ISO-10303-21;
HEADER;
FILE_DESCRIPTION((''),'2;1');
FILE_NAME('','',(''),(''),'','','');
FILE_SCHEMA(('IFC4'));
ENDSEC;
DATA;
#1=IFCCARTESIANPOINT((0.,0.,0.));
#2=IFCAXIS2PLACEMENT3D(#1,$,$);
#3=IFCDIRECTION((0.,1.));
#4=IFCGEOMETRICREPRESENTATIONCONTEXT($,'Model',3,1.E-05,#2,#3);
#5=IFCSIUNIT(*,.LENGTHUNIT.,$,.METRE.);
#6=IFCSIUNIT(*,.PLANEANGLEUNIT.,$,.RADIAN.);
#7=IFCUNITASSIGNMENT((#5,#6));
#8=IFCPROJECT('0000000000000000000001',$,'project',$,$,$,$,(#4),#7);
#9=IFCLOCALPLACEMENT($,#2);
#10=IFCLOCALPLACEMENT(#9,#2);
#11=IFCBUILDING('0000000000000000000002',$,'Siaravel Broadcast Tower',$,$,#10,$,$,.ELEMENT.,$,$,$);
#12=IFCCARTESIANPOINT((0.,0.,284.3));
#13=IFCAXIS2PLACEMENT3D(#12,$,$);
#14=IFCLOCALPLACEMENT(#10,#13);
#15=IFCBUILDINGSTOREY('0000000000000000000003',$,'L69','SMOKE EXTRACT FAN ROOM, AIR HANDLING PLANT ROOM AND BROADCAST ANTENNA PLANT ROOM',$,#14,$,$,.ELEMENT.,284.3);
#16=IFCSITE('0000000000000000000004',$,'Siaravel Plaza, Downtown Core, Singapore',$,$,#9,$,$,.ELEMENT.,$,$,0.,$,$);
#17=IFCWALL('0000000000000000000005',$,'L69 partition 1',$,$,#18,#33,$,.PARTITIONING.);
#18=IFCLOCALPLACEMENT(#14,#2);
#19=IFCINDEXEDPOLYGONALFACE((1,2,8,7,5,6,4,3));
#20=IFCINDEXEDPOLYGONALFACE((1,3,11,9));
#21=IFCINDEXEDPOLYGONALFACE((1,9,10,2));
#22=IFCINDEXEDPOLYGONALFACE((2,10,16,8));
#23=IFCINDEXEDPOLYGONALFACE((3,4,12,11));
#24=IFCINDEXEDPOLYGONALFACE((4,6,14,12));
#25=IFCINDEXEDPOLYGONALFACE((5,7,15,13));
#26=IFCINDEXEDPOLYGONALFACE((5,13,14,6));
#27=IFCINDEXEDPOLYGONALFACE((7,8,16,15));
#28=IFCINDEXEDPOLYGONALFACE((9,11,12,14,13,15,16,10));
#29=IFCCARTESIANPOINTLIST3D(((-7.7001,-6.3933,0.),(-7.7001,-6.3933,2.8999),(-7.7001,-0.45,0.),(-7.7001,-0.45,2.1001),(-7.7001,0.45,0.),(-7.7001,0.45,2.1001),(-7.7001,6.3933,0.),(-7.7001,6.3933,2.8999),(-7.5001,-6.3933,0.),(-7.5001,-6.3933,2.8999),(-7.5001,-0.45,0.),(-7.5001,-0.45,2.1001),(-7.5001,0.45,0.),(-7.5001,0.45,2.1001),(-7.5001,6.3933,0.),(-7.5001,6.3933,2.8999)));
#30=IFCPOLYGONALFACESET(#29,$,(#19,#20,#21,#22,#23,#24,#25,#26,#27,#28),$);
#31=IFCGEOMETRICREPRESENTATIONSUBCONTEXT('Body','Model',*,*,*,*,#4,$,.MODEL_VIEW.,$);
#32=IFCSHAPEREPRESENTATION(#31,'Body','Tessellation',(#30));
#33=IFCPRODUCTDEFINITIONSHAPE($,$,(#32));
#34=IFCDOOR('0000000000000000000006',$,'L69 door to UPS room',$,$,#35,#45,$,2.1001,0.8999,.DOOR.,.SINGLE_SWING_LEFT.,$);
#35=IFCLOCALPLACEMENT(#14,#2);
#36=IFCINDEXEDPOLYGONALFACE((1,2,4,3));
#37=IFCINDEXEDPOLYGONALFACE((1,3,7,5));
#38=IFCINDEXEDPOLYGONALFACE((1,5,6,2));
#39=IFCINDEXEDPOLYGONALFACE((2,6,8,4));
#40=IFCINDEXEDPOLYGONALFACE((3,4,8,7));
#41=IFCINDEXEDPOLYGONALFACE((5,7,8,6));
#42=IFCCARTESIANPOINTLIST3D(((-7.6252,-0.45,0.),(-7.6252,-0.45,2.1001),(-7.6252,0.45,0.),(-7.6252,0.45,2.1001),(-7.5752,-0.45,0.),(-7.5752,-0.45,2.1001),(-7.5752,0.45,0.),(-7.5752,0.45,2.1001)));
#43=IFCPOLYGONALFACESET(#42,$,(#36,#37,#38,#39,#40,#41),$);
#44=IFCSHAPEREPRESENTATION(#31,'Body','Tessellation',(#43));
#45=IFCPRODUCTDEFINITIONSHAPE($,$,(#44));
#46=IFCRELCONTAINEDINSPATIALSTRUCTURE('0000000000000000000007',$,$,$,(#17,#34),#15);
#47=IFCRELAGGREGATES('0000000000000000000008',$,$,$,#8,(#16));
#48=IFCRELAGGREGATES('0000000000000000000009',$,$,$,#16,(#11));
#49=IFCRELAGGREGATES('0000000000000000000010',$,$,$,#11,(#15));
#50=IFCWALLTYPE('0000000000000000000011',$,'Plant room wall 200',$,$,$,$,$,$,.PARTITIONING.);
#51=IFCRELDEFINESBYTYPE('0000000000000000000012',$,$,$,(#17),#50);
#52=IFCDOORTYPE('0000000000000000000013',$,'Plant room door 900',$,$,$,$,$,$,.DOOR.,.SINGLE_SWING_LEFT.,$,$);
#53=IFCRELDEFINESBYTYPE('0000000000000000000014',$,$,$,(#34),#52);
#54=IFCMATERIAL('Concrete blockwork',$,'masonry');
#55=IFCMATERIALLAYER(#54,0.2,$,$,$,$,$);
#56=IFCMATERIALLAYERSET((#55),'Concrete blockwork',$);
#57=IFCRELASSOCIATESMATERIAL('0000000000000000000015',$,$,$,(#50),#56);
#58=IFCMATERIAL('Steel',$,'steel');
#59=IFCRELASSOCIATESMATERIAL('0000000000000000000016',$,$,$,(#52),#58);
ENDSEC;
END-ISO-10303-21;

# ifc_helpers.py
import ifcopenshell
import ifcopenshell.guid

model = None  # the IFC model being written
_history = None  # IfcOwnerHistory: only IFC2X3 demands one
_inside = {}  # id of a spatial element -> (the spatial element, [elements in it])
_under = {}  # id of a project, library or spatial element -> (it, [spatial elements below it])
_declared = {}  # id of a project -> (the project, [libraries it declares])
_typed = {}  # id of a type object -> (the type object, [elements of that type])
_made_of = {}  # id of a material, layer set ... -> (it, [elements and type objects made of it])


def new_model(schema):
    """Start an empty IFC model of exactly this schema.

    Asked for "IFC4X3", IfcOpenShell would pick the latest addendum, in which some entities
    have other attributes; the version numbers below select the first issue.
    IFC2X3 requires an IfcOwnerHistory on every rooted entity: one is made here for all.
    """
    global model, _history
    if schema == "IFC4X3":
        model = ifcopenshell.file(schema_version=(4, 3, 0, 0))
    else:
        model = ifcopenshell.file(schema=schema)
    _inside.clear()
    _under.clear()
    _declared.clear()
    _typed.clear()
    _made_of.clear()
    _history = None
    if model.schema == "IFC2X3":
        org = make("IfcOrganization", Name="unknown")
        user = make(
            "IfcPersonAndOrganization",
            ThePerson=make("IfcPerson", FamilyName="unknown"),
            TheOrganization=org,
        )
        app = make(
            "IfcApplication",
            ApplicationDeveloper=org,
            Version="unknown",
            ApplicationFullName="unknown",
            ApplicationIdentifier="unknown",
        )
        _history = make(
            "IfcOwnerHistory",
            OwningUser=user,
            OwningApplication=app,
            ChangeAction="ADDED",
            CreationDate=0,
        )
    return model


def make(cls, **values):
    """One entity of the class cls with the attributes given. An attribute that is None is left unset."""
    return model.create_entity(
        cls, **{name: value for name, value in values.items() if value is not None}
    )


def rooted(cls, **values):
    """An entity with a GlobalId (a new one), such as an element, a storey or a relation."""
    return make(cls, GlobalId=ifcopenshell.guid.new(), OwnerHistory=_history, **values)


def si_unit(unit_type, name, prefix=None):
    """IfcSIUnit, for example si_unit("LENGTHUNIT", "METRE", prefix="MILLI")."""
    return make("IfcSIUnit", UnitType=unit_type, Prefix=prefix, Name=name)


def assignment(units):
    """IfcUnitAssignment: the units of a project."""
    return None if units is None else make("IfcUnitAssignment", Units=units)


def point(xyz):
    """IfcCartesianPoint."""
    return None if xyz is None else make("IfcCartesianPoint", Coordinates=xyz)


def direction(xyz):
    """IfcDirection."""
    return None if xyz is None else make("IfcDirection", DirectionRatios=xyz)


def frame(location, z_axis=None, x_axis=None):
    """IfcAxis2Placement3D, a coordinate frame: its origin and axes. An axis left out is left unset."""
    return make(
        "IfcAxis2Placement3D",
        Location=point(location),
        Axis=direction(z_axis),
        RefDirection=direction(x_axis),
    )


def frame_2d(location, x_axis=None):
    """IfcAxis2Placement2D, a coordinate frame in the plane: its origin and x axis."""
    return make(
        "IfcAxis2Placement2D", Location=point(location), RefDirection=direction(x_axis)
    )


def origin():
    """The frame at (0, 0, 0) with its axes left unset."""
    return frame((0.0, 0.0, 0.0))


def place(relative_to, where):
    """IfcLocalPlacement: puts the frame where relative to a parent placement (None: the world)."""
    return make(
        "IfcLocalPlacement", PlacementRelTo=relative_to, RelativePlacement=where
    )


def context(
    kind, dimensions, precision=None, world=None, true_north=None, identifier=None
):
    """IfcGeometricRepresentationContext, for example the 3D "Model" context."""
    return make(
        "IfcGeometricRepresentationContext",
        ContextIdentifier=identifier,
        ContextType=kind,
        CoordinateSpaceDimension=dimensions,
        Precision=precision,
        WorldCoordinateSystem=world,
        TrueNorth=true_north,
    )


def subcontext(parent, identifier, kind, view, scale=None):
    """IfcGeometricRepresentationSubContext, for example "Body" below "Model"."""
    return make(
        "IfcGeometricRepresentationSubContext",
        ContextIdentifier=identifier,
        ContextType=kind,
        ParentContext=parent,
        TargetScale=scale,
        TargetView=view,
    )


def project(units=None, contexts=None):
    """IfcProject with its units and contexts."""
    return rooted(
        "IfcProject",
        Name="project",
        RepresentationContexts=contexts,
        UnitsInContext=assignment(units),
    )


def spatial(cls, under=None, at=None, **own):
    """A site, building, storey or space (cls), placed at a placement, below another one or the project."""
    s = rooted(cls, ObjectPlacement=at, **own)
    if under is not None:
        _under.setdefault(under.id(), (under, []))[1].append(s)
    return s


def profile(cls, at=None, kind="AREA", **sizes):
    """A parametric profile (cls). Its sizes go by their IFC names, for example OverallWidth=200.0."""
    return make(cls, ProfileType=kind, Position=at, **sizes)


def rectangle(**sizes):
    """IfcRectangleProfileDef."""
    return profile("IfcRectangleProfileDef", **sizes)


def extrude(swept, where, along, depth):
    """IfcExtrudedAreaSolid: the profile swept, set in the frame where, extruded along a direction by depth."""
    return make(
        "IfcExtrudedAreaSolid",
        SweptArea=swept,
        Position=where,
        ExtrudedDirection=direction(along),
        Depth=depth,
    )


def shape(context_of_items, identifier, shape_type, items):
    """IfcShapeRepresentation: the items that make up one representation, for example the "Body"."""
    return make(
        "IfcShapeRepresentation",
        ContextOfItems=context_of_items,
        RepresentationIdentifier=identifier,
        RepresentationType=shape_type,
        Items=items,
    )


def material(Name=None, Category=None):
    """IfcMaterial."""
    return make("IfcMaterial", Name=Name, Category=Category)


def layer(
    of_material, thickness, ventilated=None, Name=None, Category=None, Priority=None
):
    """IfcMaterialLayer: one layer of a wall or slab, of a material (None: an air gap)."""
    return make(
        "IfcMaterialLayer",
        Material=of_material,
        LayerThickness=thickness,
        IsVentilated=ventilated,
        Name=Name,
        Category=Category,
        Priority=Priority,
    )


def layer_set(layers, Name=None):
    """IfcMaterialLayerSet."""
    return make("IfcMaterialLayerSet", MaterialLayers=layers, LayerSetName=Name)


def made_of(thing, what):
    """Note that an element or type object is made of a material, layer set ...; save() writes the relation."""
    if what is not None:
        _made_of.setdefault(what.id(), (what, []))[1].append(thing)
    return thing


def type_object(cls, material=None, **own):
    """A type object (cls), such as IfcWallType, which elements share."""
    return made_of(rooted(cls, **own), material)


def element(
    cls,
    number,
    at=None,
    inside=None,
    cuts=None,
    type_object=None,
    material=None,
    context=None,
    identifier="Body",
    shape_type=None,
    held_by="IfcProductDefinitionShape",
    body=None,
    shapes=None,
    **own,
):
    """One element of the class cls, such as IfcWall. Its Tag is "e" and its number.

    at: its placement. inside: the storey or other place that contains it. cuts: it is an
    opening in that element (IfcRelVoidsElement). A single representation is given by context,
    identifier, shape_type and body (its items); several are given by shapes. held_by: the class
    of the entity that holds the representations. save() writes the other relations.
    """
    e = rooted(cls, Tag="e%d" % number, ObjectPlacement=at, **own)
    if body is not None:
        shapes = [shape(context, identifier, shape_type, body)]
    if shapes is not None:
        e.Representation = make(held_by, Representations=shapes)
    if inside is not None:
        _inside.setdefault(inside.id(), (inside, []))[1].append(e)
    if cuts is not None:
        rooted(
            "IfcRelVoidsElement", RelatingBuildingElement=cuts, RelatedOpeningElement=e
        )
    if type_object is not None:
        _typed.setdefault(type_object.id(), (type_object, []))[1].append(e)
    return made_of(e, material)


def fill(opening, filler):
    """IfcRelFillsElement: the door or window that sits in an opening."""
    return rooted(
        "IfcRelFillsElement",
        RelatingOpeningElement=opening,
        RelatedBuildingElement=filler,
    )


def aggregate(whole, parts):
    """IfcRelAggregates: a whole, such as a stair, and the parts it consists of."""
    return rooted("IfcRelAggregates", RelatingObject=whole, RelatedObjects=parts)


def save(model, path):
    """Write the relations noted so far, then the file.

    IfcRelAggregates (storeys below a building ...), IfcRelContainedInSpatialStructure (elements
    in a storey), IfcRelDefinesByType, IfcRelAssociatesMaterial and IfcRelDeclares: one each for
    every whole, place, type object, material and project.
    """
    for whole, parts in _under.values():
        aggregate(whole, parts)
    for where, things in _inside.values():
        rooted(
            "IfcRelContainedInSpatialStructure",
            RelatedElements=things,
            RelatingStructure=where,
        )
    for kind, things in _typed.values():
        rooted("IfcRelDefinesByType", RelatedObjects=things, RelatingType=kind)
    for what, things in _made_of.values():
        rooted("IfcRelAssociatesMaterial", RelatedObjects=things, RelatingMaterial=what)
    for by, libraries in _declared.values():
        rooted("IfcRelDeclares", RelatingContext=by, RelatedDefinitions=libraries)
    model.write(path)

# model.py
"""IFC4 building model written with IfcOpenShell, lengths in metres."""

from ifc_helpers import new_model, si_unit, direction, frame, frame_2d, origin, place, context, subcontext, project, spatial, rectangle, extrude, material, layer, layer_set, type_object, element, fill, save


model = new_model("IFC4")

# Units and contexts
model_context = context("Model", 3, precision=1e-05, world=origin(), true_north=direction((0.0, 1.0)))
body_context = subcontext(model_context, "Body", "Model", "MODEL_VIEW")
ifc_project = project(units=[si_unit("LENGTHUNIT", "METRE"), si_unit("PLANEANGLEUNIT", "RADIAN")], contexts=[model_context])

# Site, building, storey
site_placement = place(None, origin())
site = spatial("IfcSite", under=ifc_project, at=site_placement, Name="Siaravel Plaza, Downtown Core, Singapore", CompositionType="ELEMENT", RefElevation=0.0)
building_placement = place(site_placement, origin())
building = spatial("IfcBuilding", under=site, at=building_placement, Name="Siaravel Broadcast Tower", CompositionType="ELEMENT")
storey_placement = place(building_placement, frame((0.0, 0.0, 284.3)))
storey = spatial("IfcBuildingStorey", under=building, at=storey_placement, Name="L69", Description="SMOKE EXTRACT FAN ROOM, AIR HANDLING PLANT ROOM AND BROADCAST ANTENNA PLANT ROOM", CompositionType="ELEMENT", Elevation=284.3)

# Wall, opening, door
ifc_material_1 = material(Name="Concrete blockwork", Category="masonry")
ifc_layer_1 = layer(ifc_material_1, 0.2)
ifc_layer_set_1 = layer_set([ifc_layer_1], Name="Concrete blockwork")
wall_type = type_object("IfcWallType", Name="Plant room wall 200", PredefinedType="PARTITIONING", material=ifc_layer_set_1)
wall_placement = place(storey_placement, frame((-7.6001, 6.3933, 0.0), z_axis=(0.0, 0.0, 1.0), x_axis=(0.0, -1.0, 0.0)))
wall = element("IfcWall", 1, at=wall_placement, inside=storey, type_object=wall_type, Name="L69 partition 1", PredefinedType="PARTITIONING", context=body_context, shape_type="SweptSolid", body=[
    extrude(rectangle(XDim=12.7866, YDim=0.2, at=frame_2d((6.3933, 0.0))), origin(), (0.0, 0.0, 1.0), 2.8999),
])
opening_placement = place(wall_placement, frame((5.9434, 0.0, 0.0)))
opening = element("IfcOpeningElement", 2, at=opening_placement, cuts=wall, PredefinedType="OPENING", context=body_context, shape_type="SweptSolid", body=[
    extrude(rectangle(XDim=0.8999, YDim=2.1001, at=frame_2d((0.45, 1.05))), frame((0.0, 0.1099, 0.0), z_axis=(0.0, -1.0, 0.0), x_axis=(1.0, 0.0, 0.0)), (0.0, 0.0, 1.0), 0.22),
])
ifc_material_2 = material(Name="Steel", Category="steel")
door_type = type_object("IfcDoorType", Name="Plant room door 900", OperationType="SINGLE_SWING_LEFT", PredefinedType="DOOR", material=ifc_material_2)
door_placement = place(opening_placement, origin())
door = element("IfcDoor", 3, at=door_placement, inside=storey, type_object=door_type, Name="L69 door to UPS room", OperationType="SINGLE_SWING_LEFT", OverallHeight=2.1001, OverallWidth=0.8999, PredefinedType="DOOR", context=body_context, shape_type="SweptSolid", body=[
    extrude(rectangle(XDim=0.8999, YDim=2.1001, at=frame_2d((0.45, 1.05))), frame((0.0, 0.0249, 0.0), z_axis=(0.0, -1.0, 0.0), x_axis=(1.0, 0.0, 0.0)), (0.0, 0.0, 1.0), 0.05),
])
fill(opening, door)

save(model, "model.ifc")
